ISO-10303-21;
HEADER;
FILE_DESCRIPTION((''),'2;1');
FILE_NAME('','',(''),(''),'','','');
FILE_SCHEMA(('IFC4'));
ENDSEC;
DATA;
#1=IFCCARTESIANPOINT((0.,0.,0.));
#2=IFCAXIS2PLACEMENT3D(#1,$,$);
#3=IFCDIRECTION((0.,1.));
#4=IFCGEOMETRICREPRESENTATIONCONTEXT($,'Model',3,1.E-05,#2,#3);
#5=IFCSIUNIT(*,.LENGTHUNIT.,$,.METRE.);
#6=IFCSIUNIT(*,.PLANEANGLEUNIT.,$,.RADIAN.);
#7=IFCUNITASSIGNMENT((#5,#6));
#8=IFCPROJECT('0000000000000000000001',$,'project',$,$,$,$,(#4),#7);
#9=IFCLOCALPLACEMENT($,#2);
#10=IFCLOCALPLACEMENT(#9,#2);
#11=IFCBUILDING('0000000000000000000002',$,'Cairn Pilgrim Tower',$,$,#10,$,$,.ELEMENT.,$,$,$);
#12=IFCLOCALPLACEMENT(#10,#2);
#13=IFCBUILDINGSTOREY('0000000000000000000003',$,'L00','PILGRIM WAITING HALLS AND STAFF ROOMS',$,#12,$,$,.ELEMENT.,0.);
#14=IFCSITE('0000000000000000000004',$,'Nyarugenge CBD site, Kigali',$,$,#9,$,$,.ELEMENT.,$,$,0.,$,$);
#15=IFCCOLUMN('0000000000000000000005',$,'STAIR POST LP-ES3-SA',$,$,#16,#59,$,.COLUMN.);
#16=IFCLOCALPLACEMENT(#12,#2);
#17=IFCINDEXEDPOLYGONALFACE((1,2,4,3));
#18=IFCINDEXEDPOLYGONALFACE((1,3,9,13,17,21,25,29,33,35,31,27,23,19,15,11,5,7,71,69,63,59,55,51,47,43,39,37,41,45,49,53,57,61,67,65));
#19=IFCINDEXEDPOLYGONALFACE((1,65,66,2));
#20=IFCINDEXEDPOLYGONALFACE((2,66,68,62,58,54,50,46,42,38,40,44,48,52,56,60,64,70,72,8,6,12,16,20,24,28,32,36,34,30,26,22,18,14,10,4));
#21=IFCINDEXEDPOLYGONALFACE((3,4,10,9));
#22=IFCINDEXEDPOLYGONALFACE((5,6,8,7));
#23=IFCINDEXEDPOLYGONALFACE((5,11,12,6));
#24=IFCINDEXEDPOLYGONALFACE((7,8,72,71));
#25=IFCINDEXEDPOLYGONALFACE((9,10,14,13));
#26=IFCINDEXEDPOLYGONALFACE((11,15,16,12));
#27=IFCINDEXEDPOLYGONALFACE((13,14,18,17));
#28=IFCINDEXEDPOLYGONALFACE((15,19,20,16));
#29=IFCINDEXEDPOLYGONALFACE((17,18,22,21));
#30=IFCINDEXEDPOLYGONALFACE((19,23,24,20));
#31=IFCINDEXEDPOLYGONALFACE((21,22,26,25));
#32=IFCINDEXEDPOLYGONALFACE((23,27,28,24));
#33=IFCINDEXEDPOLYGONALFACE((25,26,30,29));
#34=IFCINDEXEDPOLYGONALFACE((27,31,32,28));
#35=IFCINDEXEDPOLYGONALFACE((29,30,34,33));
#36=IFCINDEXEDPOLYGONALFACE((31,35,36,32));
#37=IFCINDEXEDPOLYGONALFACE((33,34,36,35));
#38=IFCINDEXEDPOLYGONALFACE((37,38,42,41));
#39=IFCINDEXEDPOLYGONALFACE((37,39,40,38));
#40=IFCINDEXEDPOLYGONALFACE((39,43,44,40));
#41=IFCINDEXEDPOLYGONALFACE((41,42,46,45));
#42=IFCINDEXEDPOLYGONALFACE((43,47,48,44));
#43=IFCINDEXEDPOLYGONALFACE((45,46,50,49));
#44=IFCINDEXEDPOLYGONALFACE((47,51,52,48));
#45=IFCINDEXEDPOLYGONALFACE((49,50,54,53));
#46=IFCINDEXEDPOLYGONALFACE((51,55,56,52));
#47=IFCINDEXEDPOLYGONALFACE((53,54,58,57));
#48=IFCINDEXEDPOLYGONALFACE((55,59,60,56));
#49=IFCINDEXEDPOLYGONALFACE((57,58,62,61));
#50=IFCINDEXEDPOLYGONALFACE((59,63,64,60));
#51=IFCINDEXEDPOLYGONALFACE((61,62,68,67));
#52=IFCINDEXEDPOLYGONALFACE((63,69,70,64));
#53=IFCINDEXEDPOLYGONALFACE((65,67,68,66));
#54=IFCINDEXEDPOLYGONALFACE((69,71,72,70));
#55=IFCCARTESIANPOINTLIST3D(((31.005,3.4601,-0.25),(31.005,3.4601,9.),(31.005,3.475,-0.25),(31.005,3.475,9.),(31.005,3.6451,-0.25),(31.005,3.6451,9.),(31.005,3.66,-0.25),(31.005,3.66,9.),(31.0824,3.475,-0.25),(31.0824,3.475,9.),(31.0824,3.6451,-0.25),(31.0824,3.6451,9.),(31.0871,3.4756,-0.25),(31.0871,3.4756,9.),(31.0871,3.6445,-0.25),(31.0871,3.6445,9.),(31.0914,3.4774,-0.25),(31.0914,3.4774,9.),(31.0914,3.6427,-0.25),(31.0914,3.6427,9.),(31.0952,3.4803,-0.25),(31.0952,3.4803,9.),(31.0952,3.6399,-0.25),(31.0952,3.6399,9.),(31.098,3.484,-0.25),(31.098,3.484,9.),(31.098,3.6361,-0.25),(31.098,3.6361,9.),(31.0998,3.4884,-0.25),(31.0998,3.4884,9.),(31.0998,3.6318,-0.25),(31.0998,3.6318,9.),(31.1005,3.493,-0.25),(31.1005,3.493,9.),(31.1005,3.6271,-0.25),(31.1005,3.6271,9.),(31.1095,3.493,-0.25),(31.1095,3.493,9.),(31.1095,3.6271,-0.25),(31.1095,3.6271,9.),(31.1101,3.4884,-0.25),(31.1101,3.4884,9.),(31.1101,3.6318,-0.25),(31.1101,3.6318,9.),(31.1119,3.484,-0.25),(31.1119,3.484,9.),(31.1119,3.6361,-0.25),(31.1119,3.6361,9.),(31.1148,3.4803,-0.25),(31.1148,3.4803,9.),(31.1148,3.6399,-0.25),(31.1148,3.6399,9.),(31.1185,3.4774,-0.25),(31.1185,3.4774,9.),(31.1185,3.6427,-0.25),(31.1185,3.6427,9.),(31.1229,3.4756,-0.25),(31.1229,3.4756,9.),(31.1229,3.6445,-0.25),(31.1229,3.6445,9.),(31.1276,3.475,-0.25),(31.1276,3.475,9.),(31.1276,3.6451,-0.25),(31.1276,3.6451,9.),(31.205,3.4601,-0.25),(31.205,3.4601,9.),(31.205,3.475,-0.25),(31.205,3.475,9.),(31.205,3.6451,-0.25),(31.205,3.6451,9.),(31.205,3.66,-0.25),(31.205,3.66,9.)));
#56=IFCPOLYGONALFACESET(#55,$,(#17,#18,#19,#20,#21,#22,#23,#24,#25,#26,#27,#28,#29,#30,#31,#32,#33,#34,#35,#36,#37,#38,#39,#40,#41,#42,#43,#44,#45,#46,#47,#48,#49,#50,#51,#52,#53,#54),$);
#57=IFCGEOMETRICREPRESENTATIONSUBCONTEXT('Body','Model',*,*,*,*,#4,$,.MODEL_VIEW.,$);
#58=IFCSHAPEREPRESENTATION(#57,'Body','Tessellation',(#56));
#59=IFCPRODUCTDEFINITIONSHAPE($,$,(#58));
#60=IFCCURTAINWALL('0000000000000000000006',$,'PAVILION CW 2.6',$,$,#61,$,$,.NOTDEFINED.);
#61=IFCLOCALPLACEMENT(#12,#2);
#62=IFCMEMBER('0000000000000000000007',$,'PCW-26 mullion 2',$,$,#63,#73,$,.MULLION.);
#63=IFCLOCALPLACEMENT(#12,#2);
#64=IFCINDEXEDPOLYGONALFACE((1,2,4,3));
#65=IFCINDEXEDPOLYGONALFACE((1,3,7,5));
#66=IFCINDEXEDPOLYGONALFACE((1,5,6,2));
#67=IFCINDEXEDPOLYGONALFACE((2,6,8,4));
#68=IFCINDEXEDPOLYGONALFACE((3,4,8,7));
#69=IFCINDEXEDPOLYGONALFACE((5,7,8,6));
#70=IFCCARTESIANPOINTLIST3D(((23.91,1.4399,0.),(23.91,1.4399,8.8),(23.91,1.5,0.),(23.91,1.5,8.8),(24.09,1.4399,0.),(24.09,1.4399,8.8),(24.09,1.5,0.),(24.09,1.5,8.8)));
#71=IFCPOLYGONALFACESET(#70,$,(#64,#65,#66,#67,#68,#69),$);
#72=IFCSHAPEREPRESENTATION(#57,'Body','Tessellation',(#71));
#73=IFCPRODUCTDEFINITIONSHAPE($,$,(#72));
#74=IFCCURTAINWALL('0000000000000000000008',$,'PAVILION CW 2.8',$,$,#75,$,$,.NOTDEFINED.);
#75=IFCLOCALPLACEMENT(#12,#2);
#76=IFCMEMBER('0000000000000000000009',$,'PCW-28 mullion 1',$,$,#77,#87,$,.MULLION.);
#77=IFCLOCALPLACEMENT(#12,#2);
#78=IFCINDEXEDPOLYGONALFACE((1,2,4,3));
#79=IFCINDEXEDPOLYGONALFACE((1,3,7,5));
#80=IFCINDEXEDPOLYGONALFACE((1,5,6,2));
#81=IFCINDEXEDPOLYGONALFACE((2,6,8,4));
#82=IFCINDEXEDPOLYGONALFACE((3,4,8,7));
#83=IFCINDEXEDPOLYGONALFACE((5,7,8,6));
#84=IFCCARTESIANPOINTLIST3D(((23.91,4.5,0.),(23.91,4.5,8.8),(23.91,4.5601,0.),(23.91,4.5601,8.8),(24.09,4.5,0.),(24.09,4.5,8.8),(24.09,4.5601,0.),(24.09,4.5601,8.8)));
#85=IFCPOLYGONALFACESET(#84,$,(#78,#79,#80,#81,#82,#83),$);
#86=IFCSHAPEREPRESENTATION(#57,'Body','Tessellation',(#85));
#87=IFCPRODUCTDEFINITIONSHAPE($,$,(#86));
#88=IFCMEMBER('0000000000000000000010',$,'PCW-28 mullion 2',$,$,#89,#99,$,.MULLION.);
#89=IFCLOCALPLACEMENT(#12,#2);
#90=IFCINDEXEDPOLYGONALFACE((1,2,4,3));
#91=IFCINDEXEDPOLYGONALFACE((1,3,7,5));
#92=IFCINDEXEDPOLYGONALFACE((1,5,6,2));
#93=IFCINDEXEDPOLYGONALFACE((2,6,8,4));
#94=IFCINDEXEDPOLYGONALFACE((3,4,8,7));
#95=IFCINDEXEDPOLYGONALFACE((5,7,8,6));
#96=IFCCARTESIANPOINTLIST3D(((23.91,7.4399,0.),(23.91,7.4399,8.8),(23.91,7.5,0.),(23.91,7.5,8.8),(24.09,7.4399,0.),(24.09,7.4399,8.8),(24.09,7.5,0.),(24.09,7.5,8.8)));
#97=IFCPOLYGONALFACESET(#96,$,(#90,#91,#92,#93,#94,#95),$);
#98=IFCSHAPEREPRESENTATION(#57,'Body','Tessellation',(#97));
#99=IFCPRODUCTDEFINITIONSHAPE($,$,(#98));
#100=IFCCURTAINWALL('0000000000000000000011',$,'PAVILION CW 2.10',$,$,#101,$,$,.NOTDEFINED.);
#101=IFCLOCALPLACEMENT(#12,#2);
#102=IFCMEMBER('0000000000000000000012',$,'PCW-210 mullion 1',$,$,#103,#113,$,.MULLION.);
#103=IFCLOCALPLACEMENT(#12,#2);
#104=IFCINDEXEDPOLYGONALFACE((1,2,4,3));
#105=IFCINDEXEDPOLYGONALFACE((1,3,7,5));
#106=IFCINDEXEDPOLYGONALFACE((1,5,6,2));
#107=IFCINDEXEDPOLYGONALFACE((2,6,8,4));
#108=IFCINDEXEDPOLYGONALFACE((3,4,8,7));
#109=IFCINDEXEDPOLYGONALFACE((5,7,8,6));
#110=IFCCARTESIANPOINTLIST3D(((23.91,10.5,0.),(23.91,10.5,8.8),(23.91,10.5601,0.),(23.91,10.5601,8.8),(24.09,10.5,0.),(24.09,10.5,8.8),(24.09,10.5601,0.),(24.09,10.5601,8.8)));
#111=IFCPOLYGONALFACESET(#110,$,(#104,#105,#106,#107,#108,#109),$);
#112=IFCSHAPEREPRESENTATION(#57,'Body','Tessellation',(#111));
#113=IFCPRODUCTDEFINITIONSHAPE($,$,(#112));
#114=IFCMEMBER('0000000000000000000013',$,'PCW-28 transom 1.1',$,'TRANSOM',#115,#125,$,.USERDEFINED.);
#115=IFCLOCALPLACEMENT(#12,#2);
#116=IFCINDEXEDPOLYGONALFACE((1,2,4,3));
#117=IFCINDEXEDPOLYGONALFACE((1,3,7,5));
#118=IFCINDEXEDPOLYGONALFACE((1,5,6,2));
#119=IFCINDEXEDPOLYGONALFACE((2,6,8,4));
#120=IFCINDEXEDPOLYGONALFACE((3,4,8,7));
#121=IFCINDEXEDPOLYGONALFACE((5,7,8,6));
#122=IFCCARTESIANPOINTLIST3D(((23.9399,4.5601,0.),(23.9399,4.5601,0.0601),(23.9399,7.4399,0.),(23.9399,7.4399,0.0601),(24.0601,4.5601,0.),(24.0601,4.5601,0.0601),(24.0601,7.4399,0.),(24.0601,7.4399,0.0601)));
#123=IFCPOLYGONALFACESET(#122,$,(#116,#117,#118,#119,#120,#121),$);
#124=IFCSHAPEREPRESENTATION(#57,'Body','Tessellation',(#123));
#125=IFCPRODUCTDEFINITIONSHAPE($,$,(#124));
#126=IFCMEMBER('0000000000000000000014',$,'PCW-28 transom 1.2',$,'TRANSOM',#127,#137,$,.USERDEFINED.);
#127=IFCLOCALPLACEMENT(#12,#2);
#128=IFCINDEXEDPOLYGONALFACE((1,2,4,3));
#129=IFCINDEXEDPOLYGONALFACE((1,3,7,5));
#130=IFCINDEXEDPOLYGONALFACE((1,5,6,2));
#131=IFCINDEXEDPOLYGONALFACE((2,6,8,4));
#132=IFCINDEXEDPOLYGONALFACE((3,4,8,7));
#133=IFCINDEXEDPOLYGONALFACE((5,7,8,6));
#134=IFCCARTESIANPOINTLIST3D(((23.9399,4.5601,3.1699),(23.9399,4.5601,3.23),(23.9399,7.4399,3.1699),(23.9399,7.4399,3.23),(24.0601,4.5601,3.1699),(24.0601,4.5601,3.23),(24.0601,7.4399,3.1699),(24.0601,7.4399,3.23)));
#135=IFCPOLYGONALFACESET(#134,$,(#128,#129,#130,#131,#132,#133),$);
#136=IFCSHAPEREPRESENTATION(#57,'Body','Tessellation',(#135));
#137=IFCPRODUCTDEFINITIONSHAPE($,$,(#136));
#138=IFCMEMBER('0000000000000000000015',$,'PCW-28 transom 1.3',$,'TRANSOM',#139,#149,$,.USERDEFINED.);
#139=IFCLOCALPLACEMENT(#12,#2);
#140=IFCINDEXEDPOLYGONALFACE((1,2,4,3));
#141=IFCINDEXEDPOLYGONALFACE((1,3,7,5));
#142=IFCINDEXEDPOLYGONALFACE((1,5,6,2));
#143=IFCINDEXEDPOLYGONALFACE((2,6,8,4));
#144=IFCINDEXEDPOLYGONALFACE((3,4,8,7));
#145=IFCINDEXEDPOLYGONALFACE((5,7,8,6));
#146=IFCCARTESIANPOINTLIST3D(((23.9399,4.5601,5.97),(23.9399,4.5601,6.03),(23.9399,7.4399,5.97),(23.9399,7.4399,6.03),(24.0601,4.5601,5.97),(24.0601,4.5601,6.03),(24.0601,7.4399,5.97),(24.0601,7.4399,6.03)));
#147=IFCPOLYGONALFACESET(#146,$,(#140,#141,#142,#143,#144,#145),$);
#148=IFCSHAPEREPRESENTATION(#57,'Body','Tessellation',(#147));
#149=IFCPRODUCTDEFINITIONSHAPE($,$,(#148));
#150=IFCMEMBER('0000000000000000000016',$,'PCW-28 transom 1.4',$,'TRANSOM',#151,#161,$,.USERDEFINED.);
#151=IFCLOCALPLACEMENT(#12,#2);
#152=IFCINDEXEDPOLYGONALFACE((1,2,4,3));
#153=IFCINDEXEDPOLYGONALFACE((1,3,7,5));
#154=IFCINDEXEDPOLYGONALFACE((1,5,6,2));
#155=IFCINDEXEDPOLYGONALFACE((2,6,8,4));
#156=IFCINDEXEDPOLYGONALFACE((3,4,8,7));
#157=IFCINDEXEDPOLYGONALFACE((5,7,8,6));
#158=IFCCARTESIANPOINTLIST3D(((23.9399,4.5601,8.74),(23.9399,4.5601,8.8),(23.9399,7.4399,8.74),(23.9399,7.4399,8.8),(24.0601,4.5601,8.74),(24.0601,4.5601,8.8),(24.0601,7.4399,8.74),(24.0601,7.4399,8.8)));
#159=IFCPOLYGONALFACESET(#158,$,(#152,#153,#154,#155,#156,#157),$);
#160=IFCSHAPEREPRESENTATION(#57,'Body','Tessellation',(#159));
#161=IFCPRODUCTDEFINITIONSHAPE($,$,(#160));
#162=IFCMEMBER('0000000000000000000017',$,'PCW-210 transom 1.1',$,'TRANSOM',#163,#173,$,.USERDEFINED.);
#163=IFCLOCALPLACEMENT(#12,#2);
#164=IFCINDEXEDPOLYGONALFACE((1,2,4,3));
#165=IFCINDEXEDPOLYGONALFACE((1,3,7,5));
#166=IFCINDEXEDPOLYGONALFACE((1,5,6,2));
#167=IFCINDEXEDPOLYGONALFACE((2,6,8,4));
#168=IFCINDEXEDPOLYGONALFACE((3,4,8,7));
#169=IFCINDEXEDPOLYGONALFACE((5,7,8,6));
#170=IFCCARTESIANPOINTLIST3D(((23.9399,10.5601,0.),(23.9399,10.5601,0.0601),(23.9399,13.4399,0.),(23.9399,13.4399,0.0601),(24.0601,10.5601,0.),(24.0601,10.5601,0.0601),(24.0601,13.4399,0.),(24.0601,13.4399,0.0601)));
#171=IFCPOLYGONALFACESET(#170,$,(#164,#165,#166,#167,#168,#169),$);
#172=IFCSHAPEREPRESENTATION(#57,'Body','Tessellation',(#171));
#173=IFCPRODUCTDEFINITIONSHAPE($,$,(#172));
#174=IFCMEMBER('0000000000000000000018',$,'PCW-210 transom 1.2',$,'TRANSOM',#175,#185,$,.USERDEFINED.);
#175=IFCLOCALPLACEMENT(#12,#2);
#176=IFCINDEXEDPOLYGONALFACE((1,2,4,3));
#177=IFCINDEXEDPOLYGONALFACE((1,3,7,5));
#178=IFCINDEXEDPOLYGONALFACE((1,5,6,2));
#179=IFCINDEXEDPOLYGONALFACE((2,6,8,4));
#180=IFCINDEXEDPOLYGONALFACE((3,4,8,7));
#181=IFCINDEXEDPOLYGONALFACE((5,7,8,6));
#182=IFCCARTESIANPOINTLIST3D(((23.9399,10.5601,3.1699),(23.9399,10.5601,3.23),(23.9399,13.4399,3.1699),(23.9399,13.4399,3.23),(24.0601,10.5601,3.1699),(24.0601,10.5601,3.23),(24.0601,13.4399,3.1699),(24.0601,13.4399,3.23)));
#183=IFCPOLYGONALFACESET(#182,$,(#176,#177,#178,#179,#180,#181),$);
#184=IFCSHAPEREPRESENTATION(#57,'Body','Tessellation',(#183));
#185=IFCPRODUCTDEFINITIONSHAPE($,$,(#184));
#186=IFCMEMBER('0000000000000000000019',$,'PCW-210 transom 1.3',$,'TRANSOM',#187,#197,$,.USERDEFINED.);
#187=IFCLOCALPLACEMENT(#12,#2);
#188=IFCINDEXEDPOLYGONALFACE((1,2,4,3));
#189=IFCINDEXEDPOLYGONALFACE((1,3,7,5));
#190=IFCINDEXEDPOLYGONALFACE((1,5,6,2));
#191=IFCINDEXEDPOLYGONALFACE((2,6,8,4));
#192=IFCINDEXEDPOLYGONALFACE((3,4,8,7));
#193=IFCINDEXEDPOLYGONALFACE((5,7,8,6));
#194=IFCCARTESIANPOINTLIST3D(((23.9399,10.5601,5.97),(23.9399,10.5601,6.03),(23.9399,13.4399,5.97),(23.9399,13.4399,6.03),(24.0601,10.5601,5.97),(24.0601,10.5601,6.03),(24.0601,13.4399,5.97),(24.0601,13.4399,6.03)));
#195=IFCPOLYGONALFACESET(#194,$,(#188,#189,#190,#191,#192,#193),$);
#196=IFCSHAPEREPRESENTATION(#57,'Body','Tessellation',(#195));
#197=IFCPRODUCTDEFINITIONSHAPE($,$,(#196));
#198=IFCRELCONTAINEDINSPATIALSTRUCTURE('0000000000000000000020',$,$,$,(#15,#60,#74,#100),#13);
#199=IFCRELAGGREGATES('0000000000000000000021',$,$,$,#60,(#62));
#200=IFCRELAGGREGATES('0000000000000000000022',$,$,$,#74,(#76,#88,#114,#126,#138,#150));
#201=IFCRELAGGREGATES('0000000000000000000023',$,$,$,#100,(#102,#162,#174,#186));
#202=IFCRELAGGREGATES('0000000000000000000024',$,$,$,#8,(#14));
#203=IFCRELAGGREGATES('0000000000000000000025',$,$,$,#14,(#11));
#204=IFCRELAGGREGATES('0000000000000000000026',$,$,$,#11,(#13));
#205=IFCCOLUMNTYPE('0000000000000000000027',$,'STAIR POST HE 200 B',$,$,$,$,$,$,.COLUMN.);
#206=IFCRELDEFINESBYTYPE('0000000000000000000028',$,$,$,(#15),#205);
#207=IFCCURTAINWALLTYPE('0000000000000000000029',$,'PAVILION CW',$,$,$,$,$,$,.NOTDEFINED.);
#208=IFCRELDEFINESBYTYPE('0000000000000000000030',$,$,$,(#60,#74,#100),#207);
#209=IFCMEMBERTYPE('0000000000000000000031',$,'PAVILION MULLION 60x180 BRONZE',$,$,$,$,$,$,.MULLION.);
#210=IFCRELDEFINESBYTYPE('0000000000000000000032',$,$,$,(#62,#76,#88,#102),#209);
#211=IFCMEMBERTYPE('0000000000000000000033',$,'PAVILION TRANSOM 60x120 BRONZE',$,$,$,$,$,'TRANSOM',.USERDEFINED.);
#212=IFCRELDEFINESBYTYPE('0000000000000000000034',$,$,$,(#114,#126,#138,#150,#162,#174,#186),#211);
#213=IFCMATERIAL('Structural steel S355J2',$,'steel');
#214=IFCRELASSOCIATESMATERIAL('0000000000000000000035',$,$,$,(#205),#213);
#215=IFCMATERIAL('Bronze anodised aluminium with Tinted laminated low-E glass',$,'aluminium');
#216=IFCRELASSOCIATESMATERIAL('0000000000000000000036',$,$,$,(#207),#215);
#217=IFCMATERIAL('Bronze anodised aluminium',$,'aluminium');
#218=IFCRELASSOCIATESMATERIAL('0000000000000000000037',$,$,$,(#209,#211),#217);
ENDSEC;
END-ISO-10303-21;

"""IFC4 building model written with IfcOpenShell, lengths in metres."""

from ifc_helpers import new_model, si_unit, direction, frame, origin, origin_2d, place, context, subcontext, project, spatial, rectangle, i_section, extrude, material, material_profile, profile_set, type_object, element, aggregate, save


model = new_model("IFC4")

# Units and contexts
model_context = context("Model", 3, precision=1e-05, world=origin(), true_north=direction((0.0, 1.0)))
body_context = subcontext(model_context, "Body", "Model", "MODEL_VIEW")
ifc_project = project(units=[si_unit("LENGTHUNIT", "METRE"), si_unit("PLANEANGLEUNIT", "RADIAN")], contexts=[model_context])

# Site, building, storey
site_placement = place(None, origin())
site = spatial("IfcSite", under=ifc_project, at=site_placement, Name="Nyarugenge CBD site, Kigali", CompositionType="ELEMENT", RefElevation=0.0)
building_placement = place(site_placement, origin())
building = spatial("IfcBuilding", under=site, at=building_placement, Name="Cairn Pilgrim Tower", CompositionType="ELEMENT")
storey_placement = place(building_placement, origin())
storey = spatial("IfcBuildingStorey", under=building, at=storey_placement, Name="L00", Description="PILGRIM WAITING HALLS AND STAFF ROOMS", CompositionType="ELEMENT", Elevation=0.0)

# Column
ifc_material_1 = material(Name="Structural steel S355J2", Category="steel")
ifc_material_profile_1 = material_profile(ifc_material_1, i_section(OverallWidth=0.2, OverallDepth=0.2, WebThickness=0.009, FlangeThickness=0.0149, FilletRadius=0.0181, at=origin_2d()), Name="HE 200 B")
ifc_profile_set_1 = profile_set([ifc_material_profile_1], Name="Structural steel S355J2")
column_type_1 = type_object("IfcColumnType", Name="STAIR POST HE 200 B", PredefinedType="COLUMN", material=ifc_profile_set_1)
for number, where, z_axis, x_axis, name in (
    (1, (31.105, 3.5601, -0.25), (0.0, 0.0, 1.0), (1.0, 0.0, 0.0), "STAIR POST LP-ES3-SA"),
):
    element("IfcColumn", number, at=place(storey_placement, frame(where, z_axis=z_axis, x_axis=x_axis)), inside=storey, type_object=column_type_1, Name=name, PredefinedType="COLUMN", context=body_context, shape_type="SweptSolid", body=[
        extrude(i_section(OverallWidth=0.2, OverallDepth=0.2, WebThickness=0.009, FlangeThickness=0.0149, FilletRadius=0.0181, at=origin_2d()), origin(), (0.0, 0.0, 1.0), 9.25),
    ])

# Curtain wall, member
ifc_material_2 = material(Name="Bronze anodised aluminium with Tinted laminated low-E glass", Category="aluminium")
curtain_wall_type = type_object("IfcCurtainWallType", Name="PAVILION CW", PredefinedType="NOTDEFINED", material=ifc_material_2)
curtain_wall_1_placement = place(storey_placement, origin())
curtain_wall_1 = element("IfcCurtainWall", 2, at=curtain_wall_1_placement, inside=storey, type_object=curtain_wall_type, Name="PAVILION CW 2.6", PredefinedType="NOTDEFINED")
ifc_material_3 = material(Name="Bronze anodised aluminium", Category="aluminium")
ifc_material_profile_2 = material_profile(ifc_material_3, rectangle(XDim=0.1799, YDim=0.0601, at=origin_2d()), Name="PAVILION MULLION 60x180 BRONZE")
ifc_profile_set_2 = profile_set([ifc_material_profile_2], Name="Bronze anodised aluminium")
member_type_1 = type_object("IfcMemberType", Name="PAVILION MULLION 60x180 BRONZE", PredefinedType="MULLION", material=ifc_profile_set_2)
member_1_placement = place(storey_placement, frame((24.0, 1.47, 0.0), z_axis=(0.0, 0.0, 1.0), x_axis=(-1.0, 0.0, 0.0)))
member_1 = element("IfcMember", 3, at=member_1_placement, type_object=member_type_1, Name="PCW-26 mullion 2", PredefinedType="MULLION", context=body_context, shape_type="SweptSolid", body=[
    extrude(rectangle(XDim=0.1799, YDim=0.0601, at=origin_2d()), origin(), (0.0, 0.0, 1.0), 8.8),
])
aggregate(curtain_wall_1, [member_1])

# Curtain wall, members
curtain_wall_2_placement = place(storey_placement, origin())
curtain_wall_2 = element("IfcCurtainWall", 4, at=curtain_wall_2_placement, inside=storey, type_object=curtain_wall_type, Name="PAVILION CW 2.8", PredefinedType="NOTDEFINED")
member_2_placement = place(storey_placement, frame((24.0, 4.53, 0.0), z_axis=(0.0, 0.0, 1.0), x_axis=(-1.0, 0.0, 0.0)))
member_2 = element("IfcMember", 5, at=member_2_placement, type_object=member_type_1, Name="PCW-28 mullion 1", PredefinedType="MULLION", context=body_context, shape_type="SweptSolid", body=[
    extrude(rectangle(XDim=0.1799, YDim=0.0601, at=origin_2d()), origin(), (0.0, 0.0, 1.0), 8.8),
])
member_3_placement = place(storey_placement, frame((24.0, 7.47, 0.0), z_axis=(0.0, 0.0, 1.0), x_axis=(-1.0, 0.0, 0.0)))
member_3 = element("IfcMember", 6, at=member_3_placement, type_object=member_type_1, Name="PCW-28 mullion 2", PredefinedType="MULLION", context=body_context, shape_type="SweptSolid", body=[
    extrude(rectangle(XDim=0.1799, YDim=0.0601, at=origin_2d()), origin(), (0.0, 0.0, 1.0), 8.8),
])

# Curtain wall, member
curtain_wall_3_placement = place(storey_placement, origin())
curtain_wall_3 = element("IfcCurtainWall", 7, at=curtain_wall_3_placement, inside=storey, type_object=curtain_wall_type, Name="PAVILION CW 2.10", PredefinedType="NOTDEFINED")
member_4_placement = place(storey_placement, frame((24.0, 10.53, 0.0), z_axis=(0.0, 0.0, 1.0), x_axis=(-1.0, 0.0, 0.0)))
member_4 = element("IfcMember", 8, at=member_4_placement, type_object=member_type_1, Name="PCW-210 mullion 1", PredefinedType="MULLION", context=body_context, shape_type="SweptSolid", body=[
    extrude(rectangle(XDim=0.1799, YDim=0.0601, at=origin_2d()), origin(), (0.0, 0.0, 1.0), 8.8),
])

# Members
ifc_material_profile_3 = material_profile(ifc_material_3, rectangle(XDim=0.1201, YDim=0.0601, at=origin_2d()), Name="PAVILION TRANSOM 60x120 BRONZE")
ifc_profile_set_3 = profile_set([ifc_material_profile_3], Name="Bronze anodised aluminium")
member_type_2 = type_object("IfcMemberType", Name="PAVILION TRANSOM 60x120 BRONZE", ElementType="TRANSOM", PredefinedType="USERDEFINED", material=ifc_profile_set_3)
member_5_placement = place(storey_placement, frame((24.0, 4.5601, 0.03), z_axis=(0.0, 1.0, 0.0), x_axis=(-1.0, 0.0, 0.0)))
member_5 = element("IfcMember", 9, at=member_5_placement, type_object=member_type_2, Name="PCW-28 transom 1.1", ObjectType="TRANSOM", PredefinedType="USERDEFINED", context=body_context, shape_type="SweptSolid", body=[
    extrude(rectangle(XDim=0.1201, YDim=0.0601, at=origin_2d()), origin(), (0.0, 0.0, 1.0), 2.8799),
])
member_6_placement = place(storey_placement, frame((24.0, 4.5601, 3.2), z_axis=(0.0, 1.0, 0.0), x_axis=(-1.0, 0.0, 0.0)))
member_6 = element("IfcMember", 10, at=member_6_placement, type_object=member_type_2, Name="PCW-28 transom 1.2", ObjectType="TRANSOM", PredefinedType="USERDEFINED", context=body_context, shape_type="SweptSolid", body=[
    extrude(rectangle(XDim=0.1201, YDim=0.0601, at=origin_2d()), origin(), (0.0, 0.0, 1.0), 2.8799),
])
member_7_placement = place(storey_placement, frame((24.0, 4.5601, 6.0), z_axis=(0.0, 1.0, 0.0), x_axis=(-1.0, 0.0, 0.0)))
member_7 = element("IfcMember", 11, at=member_7_placement, type_object=member_type_2, Name="PCW-28 transom 1.3", ObjectType="TRANSOM", PredefinedType="USERDEFINED", context=body_context, shape_type="SweptSolid", body=[
    extrude(rectangle(XDim=0.1201, YDim=0.0601, at=origin_2d()), origin(), (0.0, 0.0, 1.0), 2.8799),
])
member_8_placement = place(storey_placement, frame((24.0, 4.5601, 8.77), z_axis=(0.0, 1.0, 0.0), x_axis=(-1.0, 0.0, 0.0)))
member_8 = element("IfcMember", 12, at=member_8_placement, type_object=member_type_2, Name="PCW-28 transom 1.4", ObjectType="TRANSOM", PredefinedType="USERDEFINED", context=body_context, shape_type="SweptSolid", body=[
    extrude(rectangle(XDim=0.1201, YDim=0.0601, at=origin_2d()), origin(), (0.0, 0.0, 1.0), 2.8799),
])
member_9_placement = place(storey_placement, frame((24.0, 10.5601, 0.03), z_axis=(0.0, 1.0, 0.0), x_axis=(-1.0, 0.0, 0.0)))
member_9 = element("IfcMember", 13, at=member_9_placement, type_object=member_type_2, Name="PCW-210 transom 1.1", ObjectType="TRANSOM", PredefinedType="USERDEFINED", context=body_context, shape_type="SweptSolid", body=[
    extrude(rectangle(XDim=0.1201, YDim=0.0601, at=origin_2d()), origin(), (0.0, 0.0, 1.0), 2.8799),
])
member_10_placement = place(storey_placement, frame((24.0, 10.5601, 3.2), z_axis=(0.0, 1.0, 0.0), x_axis=(-1.0, 0.0, 0.0)))
member_10 = element("IfcMember", 14, at=member_10_placement, type_object=member_type_2, Name="PCW-210 transom 1.2", ObjectType="TRANSOM", PredefinedType="USERDEFINED", context=body_context, shape_type="SweptSolid", body=[
    extrude(rectangle(XDim=0.1201, YDim=0.0601, at=origin_2d()), origin(), (0.0, 0.0, 1.0), 2.8799),
])
member_11_placement = place(storey_placement, frame((24.0, 10.5601, 6.0), z_axis=(0.0, 1.0, 0.0), x_axis=(-1.0, 0.0, 0.0)))
member_11 = element("IfcMember", 15, at=member_11_placement, type_object=member_type_2, Name="PCW-210 transom 1.3", ObjectType="TRANSOM", PredefinedType="USERDEFINED", context=body_context, shape_type="SweptSolid", body=[
    extrude(rectangle(XDim=0.1201, YDim=0.0601, at=origin_2d()), origin(), (0.0, 0.0, 1.0), 2.8799),
])

aggregate(curtain_wall_2, [member_2, member_3, member_5, member_6, member_7, member_8])
aggregate(curtain_wall_3, [member_4, member_9, member_10, member_11])

save(model, "model.ifc")
